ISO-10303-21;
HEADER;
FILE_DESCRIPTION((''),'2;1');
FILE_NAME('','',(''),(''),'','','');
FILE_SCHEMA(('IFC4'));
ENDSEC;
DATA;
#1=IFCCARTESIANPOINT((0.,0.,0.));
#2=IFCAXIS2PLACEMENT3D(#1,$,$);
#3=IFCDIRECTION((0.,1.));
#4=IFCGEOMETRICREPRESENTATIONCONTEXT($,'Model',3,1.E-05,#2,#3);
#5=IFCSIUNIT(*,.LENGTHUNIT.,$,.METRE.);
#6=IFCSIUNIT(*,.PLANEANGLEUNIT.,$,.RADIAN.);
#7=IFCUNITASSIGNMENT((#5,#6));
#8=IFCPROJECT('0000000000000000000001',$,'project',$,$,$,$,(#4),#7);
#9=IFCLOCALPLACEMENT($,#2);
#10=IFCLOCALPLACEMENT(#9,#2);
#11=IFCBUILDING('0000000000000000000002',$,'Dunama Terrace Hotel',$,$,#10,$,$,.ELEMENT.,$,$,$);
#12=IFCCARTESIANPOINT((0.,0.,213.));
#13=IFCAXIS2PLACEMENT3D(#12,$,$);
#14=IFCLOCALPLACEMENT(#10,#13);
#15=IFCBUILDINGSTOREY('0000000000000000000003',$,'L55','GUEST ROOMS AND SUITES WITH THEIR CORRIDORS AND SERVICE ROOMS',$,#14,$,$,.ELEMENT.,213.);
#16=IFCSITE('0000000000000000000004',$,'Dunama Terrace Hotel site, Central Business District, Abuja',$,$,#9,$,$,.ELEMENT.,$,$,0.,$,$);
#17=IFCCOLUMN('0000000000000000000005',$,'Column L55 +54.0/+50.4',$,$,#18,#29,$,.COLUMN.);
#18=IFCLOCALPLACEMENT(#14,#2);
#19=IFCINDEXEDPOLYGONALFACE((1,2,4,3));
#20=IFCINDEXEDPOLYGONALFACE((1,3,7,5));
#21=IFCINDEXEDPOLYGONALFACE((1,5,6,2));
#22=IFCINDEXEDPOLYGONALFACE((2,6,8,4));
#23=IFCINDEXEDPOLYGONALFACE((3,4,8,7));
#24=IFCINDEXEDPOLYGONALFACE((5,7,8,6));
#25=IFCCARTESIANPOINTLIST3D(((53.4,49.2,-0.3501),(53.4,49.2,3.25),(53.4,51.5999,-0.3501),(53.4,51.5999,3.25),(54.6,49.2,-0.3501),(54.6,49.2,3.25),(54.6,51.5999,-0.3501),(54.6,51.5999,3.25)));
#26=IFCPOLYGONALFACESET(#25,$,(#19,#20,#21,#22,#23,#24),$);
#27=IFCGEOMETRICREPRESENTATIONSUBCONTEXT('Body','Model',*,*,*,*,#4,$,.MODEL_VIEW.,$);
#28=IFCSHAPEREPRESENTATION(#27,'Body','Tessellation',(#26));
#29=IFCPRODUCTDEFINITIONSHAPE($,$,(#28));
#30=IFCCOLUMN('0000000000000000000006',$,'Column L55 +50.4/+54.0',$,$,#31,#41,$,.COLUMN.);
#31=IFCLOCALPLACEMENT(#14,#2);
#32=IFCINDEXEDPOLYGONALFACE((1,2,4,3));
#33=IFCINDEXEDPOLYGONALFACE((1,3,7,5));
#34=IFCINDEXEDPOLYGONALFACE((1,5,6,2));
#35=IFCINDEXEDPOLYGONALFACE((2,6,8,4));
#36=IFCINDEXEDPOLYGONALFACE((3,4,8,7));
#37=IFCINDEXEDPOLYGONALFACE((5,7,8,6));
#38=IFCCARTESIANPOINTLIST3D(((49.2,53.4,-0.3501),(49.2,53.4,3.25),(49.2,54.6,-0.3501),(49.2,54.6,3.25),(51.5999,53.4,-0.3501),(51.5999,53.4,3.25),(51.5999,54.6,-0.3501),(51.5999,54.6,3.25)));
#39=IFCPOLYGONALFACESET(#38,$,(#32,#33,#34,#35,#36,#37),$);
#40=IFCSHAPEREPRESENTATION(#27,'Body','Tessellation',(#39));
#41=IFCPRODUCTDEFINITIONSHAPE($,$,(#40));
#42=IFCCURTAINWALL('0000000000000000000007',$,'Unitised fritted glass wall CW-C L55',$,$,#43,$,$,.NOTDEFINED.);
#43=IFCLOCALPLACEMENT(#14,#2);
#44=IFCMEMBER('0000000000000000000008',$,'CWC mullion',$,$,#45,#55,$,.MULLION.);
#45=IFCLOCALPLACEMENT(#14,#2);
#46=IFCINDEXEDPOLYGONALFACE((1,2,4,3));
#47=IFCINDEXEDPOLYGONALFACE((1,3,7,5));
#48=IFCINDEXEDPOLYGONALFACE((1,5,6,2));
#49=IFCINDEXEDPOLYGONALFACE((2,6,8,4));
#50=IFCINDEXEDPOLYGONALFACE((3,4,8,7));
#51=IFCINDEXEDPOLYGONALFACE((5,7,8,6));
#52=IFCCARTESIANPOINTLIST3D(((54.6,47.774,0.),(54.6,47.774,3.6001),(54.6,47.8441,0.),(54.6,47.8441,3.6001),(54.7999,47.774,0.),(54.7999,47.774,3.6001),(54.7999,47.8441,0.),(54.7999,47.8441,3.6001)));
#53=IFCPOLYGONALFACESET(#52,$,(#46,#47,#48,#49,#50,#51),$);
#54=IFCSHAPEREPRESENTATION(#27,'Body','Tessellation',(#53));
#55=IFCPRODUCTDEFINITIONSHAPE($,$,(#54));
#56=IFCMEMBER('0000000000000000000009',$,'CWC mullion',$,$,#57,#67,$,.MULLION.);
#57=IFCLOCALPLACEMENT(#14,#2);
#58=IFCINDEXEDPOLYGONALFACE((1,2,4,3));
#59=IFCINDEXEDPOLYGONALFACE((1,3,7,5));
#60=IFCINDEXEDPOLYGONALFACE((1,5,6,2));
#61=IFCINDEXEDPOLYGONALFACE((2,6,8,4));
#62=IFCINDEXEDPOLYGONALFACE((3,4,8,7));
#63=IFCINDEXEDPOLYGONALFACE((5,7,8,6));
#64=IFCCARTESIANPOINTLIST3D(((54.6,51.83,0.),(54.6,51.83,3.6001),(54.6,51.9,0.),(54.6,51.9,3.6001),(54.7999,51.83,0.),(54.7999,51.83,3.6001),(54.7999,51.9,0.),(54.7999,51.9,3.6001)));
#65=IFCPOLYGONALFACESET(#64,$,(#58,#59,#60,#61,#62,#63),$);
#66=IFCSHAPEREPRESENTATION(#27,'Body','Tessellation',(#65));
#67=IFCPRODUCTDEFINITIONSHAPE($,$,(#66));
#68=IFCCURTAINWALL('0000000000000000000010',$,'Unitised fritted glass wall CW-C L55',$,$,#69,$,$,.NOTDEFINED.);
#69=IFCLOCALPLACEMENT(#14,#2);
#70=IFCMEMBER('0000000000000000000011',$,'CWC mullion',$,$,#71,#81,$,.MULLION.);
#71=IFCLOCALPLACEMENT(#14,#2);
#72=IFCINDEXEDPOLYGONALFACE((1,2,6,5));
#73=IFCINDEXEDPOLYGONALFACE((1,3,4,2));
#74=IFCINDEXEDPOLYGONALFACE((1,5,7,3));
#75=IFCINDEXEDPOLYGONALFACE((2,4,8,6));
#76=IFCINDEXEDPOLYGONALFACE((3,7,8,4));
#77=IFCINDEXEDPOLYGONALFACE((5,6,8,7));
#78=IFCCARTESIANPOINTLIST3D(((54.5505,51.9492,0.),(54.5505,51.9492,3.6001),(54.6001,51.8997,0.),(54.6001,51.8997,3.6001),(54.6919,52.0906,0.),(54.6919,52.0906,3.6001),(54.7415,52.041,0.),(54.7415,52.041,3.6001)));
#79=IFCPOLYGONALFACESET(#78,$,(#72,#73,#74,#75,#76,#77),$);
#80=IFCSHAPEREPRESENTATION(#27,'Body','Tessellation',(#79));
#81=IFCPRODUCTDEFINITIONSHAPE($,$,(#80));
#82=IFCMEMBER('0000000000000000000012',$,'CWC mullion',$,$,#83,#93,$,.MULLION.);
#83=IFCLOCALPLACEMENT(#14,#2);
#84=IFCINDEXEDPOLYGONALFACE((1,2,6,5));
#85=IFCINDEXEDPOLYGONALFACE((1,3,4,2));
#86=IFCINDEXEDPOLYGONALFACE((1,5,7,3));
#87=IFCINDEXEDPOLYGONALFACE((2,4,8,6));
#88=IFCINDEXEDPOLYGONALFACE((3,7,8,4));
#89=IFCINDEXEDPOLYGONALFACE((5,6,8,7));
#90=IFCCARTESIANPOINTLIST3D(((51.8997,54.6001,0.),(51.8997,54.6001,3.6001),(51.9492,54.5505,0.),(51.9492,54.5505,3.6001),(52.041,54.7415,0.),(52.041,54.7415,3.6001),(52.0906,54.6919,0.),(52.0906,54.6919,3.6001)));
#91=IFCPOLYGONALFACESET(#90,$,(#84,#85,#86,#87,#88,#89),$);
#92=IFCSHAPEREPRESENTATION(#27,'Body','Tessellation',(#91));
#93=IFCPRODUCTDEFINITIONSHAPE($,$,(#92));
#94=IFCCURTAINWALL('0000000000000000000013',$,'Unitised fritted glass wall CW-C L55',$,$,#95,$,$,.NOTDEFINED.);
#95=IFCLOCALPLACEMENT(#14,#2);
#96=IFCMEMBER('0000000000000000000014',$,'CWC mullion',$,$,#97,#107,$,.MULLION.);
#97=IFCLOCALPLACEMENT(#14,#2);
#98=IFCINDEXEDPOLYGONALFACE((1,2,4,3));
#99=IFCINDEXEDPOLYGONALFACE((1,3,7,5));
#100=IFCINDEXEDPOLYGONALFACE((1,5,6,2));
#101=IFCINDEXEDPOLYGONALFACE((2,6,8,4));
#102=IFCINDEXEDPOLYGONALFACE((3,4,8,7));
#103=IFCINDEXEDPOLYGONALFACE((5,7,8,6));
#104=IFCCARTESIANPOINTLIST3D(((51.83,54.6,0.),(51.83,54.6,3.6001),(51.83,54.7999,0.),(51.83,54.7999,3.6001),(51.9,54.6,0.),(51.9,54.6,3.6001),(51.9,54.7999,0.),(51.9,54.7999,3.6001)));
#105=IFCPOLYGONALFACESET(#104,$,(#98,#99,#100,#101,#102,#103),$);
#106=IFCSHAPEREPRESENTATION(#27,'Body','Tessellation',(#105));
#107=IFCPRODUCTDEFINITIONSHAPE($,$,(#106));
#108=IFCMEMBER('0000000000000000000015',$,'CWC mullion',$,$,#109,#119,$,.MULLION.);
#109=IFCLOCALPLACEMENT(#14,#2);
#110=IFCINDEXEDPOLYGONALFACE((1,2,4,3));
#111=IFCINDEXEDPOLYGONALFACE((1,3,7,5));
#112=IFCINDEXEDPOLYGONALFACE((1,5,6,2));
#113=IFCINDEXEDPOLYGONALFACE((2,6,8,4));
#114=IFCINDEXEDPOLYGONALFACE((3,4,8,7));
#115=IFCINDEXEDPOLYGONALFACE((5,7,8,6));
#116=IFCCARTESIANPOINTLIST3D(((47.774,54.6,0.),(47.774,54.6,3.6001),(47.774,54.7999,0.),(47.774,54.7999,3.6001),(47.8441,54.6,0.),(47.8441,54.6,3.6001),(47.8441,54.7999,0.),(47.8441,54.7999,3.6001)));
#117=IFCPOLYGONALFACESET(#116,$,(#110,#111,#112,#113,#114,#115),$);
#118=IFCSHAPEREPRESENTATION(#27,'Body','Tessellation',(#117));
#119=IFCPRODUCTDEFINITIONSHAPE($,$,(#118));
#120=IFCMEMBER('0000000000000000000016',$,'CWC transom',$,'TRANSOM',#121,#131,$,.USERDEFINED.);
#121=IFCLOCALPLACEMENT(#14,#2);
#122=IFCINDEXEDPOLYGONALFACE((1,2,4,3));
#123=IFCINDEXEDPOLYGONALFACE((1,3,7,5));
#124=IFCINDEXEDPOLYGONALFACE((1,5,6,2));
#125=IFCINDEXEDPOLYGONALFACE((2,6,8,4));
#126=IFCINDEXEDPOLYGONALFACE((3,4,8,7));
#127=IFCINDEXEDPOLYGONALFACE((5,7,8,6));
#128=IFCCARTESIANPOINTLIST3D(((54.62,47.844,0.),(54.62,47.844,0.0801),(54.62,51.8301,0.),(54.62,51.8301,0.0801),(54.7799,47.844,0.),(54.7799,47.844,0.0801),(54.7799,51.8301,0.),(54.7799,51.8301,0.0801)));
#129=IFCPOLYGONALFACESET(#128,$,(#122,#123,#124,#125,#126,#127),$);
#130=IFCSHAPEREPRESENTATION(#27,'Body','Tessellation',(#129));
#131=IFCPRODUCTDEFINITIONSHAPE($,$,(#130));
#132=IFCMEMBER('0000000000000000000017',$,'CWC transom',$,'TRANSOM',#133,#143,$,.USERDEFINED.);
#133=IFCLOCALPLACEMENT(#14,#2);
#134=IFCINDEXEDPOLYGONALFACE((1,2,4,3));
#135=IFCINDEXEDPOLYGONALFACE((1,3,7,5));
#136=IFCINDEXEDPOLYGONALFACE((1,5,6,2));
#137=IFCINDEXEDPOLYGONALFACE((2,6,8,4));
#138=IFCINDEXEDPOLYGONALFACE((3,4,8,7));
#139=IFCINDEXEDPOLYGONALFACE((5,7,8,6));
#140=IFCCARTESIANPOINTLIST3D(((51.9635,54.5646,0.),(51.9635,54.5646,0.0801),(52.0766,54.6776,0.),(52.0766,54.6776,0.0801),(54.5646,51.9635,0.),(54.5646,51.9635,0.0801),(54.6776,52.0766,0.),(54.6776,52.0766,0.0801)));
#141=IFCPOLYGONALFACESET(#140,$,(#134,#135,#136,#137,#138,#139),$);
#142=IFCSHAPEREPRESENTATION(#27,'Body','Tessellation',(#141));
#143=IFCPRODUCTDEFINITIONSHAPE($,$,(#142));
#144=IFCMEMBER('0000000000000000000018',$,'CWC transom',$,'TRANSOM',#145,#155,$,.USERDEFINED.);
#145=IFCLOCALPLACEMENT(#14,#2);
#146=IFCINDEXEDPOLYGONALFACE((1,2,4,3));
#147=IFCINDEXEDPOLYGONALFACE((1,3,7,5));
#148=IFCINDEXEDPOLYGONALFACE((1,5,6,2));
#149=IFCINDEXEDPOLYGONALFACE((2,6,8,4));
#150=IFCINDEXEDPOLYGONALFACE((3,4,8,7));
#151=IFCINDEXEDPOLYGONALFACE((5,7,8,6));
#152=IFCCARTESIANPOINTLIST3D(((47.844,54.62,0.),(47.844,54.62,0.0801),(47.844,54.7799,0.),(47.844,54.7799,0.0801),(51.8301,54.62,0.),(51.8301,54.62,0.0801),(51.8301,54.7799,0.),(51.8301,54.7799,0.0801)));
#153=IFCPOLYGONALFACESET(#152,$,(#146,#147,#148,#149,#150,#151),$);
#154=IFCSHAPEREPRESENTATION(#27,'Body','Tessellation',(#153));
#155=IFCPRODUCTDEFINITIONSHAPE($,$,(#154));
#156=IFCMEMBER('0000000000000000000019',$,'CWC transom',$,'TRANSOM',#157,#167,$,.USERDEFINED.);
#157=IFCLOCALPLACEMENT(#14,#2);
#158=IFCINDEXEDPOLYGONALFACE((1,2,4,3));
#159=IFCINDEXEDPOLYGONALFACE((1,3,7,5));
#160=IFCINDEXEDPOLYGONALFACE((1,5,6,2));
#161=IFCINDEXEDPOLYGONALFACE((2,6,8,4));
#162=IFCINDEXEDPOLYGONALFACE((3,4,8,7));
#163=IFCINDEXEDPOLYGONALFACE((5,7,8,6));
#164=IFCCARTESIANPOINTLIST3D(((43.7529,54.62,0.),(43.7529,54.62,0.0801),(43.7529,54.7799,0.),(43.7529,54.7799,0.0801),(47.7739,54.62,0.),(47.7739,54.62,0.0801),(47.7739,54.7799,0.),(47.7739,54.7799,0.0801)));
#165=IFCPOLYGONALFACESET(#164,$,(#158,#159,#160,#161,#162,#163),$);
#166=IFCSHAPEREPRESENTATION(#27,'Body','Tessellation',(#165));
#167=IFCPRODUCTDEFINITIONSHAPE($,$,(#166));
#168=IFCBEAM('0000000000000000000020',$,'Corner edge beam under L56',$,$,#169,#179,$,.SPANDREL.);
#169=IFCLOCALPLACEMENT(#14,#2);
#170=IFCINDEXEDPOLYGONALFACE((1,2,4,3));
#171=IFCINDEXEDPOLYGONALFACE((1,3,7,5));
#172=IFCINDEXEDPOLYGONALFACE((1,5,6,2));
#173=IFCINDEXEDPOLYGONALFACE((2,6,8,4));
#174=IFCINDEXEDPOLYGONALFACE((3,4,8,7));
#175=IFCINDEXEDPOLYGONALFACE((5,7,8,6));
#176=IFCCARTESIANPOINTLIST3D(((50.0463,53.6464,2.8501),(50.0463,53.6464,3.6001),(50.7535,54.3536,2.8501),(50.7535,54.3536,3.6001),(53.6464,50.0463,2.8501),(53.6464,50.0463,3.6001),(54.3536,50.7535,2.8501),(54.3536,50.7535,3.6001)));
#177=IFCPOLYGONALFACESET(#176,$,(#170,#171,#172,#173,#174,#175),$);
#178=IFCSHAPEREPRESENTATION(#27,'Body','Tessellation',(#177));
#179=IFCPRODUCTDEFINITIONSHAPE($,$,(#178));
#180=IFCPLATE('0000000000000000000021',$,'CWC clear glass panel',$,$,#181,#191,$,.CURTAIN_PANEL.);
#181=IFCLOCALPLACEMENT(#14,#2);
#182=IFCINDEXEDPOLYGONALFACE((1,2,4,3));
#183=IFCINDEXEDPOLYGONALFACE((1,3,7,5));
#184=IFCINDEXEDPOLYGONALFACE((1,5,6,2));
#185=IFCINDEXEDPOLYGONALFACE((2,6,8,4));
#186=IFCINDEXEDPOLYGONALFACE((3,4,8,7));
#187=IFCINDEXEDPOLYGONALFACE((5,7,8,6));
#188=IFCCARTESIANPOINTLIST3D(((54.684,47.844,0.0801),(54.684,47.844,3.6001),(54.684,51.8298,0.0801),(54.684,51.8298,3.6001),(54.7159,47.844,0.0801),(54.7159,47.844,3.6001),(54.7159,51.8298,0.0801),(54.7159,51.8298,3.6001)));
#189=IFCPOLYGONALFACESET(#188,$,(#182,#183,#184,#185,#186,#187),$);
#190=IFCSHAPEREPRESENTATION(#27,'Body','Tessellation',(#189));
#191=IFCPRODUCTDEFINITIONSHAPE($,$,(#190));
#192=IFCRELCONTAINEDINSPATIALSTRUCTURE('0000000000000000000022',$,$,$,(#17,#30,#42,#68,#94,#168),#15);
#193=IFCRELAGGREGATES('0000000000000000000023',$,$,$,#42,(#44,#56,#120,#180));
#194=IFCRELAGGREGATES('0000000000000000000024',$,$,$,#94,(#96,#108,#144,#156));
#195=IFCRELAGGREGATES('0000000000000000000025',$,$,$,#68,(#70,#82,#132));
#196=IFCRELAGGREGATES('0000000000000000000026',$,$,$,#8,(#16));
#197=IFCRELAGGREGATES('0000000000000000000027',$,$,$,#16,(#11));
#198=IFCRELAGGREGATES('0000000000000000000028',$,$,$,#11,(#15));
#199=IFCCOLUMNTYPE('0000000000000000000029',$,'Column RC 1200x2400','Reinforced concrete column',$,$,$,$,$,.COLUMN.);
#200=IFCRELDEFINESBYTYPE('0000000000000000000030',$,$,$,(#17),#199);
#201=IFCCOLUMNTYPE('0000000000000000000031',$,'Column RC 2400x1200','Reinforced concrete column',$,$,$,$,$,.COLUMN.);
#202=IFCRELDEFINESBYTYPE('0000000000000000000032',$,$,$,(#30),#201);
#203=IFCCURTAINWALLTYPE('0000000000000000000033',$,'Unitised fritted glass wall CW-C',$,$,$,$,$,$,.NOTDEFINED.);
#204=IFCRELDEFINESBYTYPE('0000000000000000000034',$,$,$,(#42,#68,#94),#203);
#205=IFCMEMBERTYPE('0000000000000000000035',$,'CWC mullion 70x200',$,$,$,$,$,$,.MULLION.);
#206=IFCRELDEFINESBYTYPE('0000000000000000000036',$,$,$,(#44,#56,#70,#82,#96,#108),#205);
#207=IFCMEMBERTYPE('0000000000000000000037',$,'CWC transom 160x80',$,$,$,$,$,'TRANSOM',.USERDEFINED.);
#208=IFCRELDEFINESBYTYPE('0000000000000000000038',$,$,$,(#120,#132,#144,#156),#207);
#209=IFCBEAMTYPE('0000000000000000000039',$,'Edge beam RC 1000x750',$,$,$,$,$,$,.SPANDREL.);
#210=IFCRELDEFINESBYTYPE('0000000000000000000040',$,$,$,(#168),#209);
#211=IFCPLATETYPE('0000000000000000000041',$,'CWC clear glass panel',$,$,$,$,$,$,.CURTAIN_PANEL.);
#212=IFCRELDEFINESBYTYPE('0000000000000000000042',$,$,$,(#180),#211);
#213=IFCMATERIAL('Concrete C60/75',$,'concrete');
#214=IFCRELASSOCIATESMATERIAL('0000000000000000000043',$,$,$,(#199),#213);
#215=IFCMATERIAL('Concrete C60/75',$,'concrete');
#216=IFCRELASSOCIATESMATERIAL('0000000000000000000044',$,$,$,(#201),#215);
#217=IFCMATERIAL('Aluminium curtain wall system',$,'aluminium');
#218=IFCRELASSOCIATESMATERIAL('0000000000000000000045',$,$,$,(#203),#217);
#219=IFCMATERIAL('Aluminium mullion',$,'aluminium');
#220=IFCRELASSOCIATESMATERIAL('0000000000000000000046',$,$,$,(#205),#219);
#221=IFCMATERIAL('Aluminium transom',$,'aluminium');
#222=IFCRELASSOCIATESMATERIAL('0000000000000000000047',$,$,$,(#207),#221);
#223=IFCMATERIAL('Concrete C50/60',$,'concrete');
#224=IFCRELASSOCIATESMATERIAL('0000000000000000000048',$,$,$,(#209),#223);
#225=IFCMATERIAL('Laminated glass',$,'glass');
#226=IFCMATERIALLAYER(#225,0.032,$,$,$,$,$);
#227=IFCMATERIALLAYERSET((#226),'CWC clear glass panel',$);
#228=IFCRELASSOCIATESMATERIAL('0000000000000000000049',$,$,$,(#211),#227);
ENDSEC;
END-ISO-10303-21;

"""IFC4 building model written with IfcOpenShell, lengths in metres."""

from ifc_helpers import new_model, si_unit, direction, frame, origin, origin_2d, place, context, subcontext, project, spatial, rectangle, extrude, material, layer, layer_set, material_profile, profile_set, type_object, element, aggregate, save


model = new_model("IFC4")

# Units and contexts
model_context = context("Model", 3, precision=1e-05, world=origin(), true_north=direction((0.0, 1.0)))
body_context = subcontext(model_context, "Body", "Model", "MODEL_VIEW")
ifc_project = project(units=[si_unit("LENGTHUNIT", "METRE"), si_unit("PLANEANGLEUNIT", "RADIAN")], contexts=[model_context])

# Site, building, storey
site_placement = place(None, origin())
site = spatial("IfcSite", under=ifc_project, at=site_placement, Name="Dunama Terrace Hotel site, Central Business District, Abuja", CompositionType="ELEMENT", RefElevation=0.0)
building_placement = place(site_placement, origin())
building = spatial("IfcBuilding", under=site, at=building_placement, Name="Dunama Terrace Hotel", CompositionType="ELEMENT")
storey_placement = place(building_placement, frame((0.0, 0.0, 213.0)))
storey = spatial("IfcBuildingStorey", under=building, at=storey_placement, Name="L55", Description="GUEST ROOMS AND SUITES WITH THEIR CORRIDORS AND SERVICE ROOMS", CompositionType="ELEMENT", Elevation=213.0)

# Columns
ifc_material_1 = material(Name="Concrete C60/75", Category="concrete")
ifc_material_profile_1 = material_profile(ifc_material_1, rectangle(XDim=1.2, YDim=2.3999, at=origin_2d()), Name="RC 1200x2400")
ifc_profile_set_1 = profile_set([ifc_material_profile_1], Name="Concrete C60/75")
column_type_1 = type_object("IfcColumnType", Name="Column RC 1200x2400", Description="Reinforced concrete column", PredefinedType="COLUMN", material=ifc_profile_set_1)
column_1_placement = place(storey_placement, frame((54.0, 50.3999, -0.3501), z_axis=(0.0, 0.0, 1.0), x_axis=(1.0, 0.0, 0.0)))
element("IfcColumn", 1, at=column_1_placement, inside=storey, type_object=column_type_1, Name="Column L55 +54.0/+50.4", PredefinedType="COLUMN", context=body_context, shape_type="SweptSolid", body=[
    extrude(rectangle(XDim=1.2, YDim=2.3999, at=origin_2d()), origin(), (0.0, 0.0, 1.0), 3.6001),
])
ifc_material_2 = material(Name="Concrete C60/75", Category="concrete")
ifc_material_profile_2 = material_profile(ifc_material_2, rectangle(XDim=2.3999, YDim=1.2, at=origin_2d()), Name="RC 2400x1200")
ifc_profile_set_2 = profile_set([ifc_material_profile_2], Name="Concrete C60/75")
column_type_2 = type_object("IfcColumnType", Name="Column RC 2400x1200", Description="Reinforced concrete column", PredefinedType="COLUMN", material=ifc_profile_set_2)
column_2_placement = place(storey_placement, frame((50.3999, 54.0, -0.3501), z_axis=(0.0, 0.0, 1.0), x_axis=(1.0, 0.0, 0.0)))
element("IfcColumn", 2, at=column_2_placement, inside=storey, type_object=column_type_2, Name="Column L55 +50.4/+54.0", PredefinedType="COLUMN", context=body_context, shape_type="SweptSolid", body=[
    extrude(rectangle(XDim=2.3999, YDim=1.2, at=origin_2d()), origin(), (0.0, 0.0, 1.0), 3.6001),
])

# Curtain walls, members
ifc_material_3 = material(Name="Aluminium curtain wall system", Category="aluminium")
curtain_wall_type = type_object("IfcCurtainWallType", Name="Unitised fritted glass wall CW-C", PredefinedType="NOTDEFINED", material=ifc_material_3)
curtain_wall_1_placement = place(storey_placement, origin())
curtain_wall_1 = element("IfcCurtainWall", 3, at=curtain_wall_1_placement, inside=storey, type_object=curtain_wall_type, Name="Unitised fritted glass wall CW-C L55", PredefinedType="NOTDEFINED")
ifc_material_4 = material(Name="Aluminium mullion", Category="aluminium")
ifc_material_profile_3 = material_profile(ifc_material_4, rectangle(XDim=0.0701, YDim=0.2, at=origin_2d()), Name="CWC MULLION 70X200")
ifc_profile_set_3 = profile_set([ifc_material_profile_3], Name="Aluminium mullion")
member_type_1 = type_object("IfcMemberType", Name="CWC mullion 70x200", PredefinedType="MULLION", material=ifc_profile_set_3)
member_1_placement = place(storey_placement, frame((54.7, 47.8091, 0.0), z_axis=(0.0, 0.0, 1.0), x_axis=(0.0, 1.0, 0.0)))
member_1 = element("IfcMember", 4, at=member_1_placement, type_object=member_type_1, Name="CWC mullion", PredefinedType="MULLION", context=body_context, shape_type="SweptSolid", body=[
    extrude(rectangle(XDim=0.0701, YDim=0.2, at=origin_2d()), origin(), (0.0, 0.0, 1.0), 3.6001),
])
member_2_placement = place(storey_placement, frame((54.7, 51.865, 0.0), z_axis=(0.0, 0.0, 1.0), x_axis=(0.0, 1.0, 0.0)))
member_2 = element("IfcMember", 5, at=member_2_placement, type_object=member_type_1, Name="CWC mullion", PredefinedType="MULLION", context=body_context, shape_type="SweptSolid", body=[
    extrude(rectangle(XDim=0.0701, YDim=0.2, at=origin_2d()), origin(), (0.0, 0.0, 1.0), 3.6001),
])
curtain_wall_2_placement = place(storey_placement, origin())
curtain_wall_2 = element("IfcCurtainWall", 6, at=curtain_wall_2_placement, inside=storey, type_object=curtain_wall_type, Name="Unitised fritted glass wall CW-C L55", PredefinedType="NOTDEFINED")
member_3_placement = place(storey_placement, frame((54.646, 51.9951, 0.0), z_axis=(0.0, 0.0, 1.0), x_axis=(-0.707107, 0.707107, 0.0)))
member_3 = element("IfcMember", 7, at=member_3_placement, type_object=member_type_1, Name="CWC mullion", PredefinedType="MULLION", context=body_context, shape_type="SweptSolid", body=[
    extrude(rectangle(XDim=0.0701, YDim=0.2, at=origin_2d()), origin(), (0.0, 0.0, 1.0), 3.6001),
])
member_4_placement = place(storey_placement, frame((51.9951, 54.646, 0.0), z_axis=(0.0, 0.0, 1.0), x_axis=(-0.707107, 0.707107, 0.0)))
member_4 = element("IfcMember", 8, at=member_4_placement, type_object=member_type_1, Name="CWC mullion", PredefinedType="MULLION", context=body_context, shape_type="SweptSolid", body=[
    extrude(rectangle(XDim=0.0701, YDim=0.2, at=origin_2d()), origin(), (0.0, 0.0, 1.0), 3.6001),
])
curtain_wall_3_placement = place(storey_placement, origin())
curtain_wall_3 = element("IfcCurtainWall", 9, at=curtain_wall_3_placement, inside=storey, type_object=curtain_wall_type, Name="Unitised fritted glass wall CW-C L55", PredefinedType="NOTDEFINED")
member_5_placement = place(storey_placement, frame((51.865, 54.7, 0.0), z_axis=(0.0, 0.0, 1.0), x_axis=(-1.0, 0.0, 0.0)))
member_5 = element("IfcMember", 10, at=member_5_placement, type_object=member_type_1, Name="CWC mullion", PredefinedType="MULLION", context=body_context, shape_type="SweptSolid", body=[
    extrude(rectangle(XDim=0.0701, YDim=0.2, at=origin_2d()), origin(), (0.0, 0.0, 1.0), 3.6001),
])
member_6_placement = place(storey_placement, frame((47.8091, 54.7, 0.0), z_axis=(0.0, 0.0, 1.0), x_axis=(-1.0, 0.0, 0.0)))
member_6 = element("IfcMember", 11, at=member_6_placement, type_object=member_type_1, Name="CWC mullion", PredefinedType="MULLION", context=body_context, shape_type="SweptSolid", body=[
    extrude(rectangle(XDim=0.0701, YDim=0.2, at=origin_2d()), origin(), (0.0, 0.0, 1.0), 3.6001),
])

# Members
ifc_material_5 = material(Name="Aluminium transom", Category="aluminium")
ifc_material_profile_4 = material_profile(ifc_material_5, rectangle(XDim=0.1599, YDim=0.0801, at=origin_2d()), Name="CWC TRANSOM 160X80")
ifc_profile_set_4 = profile_set([ifc_material_profile_4], Name="Aluminium transom")
member_type_2 = type_object("IfcMemberType", Name="CWC transom 160x80", ElementType="TRANSOM", PredefinedType="USERDEFINED", material=ifc_profile_set_4)
member_7_placement = place(storey_placement, frame((54.7, 47.844, 0.04), z_axis=(0.0, 1.0, 0.0), x_axis=(-1.0, 0.0, 0.0)))
member_7 = element("IfcMember", 12, at=member_7_placement, type_object=member_type_2, Name="CWC transom", ObjectType="TRANSOM", PredefinedType="USERDEFINED", context=body_context, shape_type="SweptSolid", body=[
    extrude(rectangle(XDim=0.1599, YDim=0.0801, at=origin_2d()), origin(), (0.0, 0.0, 1.0), 3.9861),
])
member_8_placement = place(storey_placement, frame((54.6211, 52.02, 0.04), z_axis=(-0.707107, 0.707107, 0.0), x_axis=(-0.707107, -0.707107, 0.0)))
member_8 = element("IfcMember", 13, at=member_8_placement, type_object=member_type_2, Name="CWC transom", ObjectType="TRANSOM", PredefinedType="USERDEFINED", context=body_context, shape_type="SweptSolid", body=[
    extrude(rectangle(XDim=0.1599, YDim=0.0801, at=origin_2d()), origin(), (0.0, 0.0, 1.0), 3.6785),
])
member_9_placement = place(storey_placement, frame((51.8301, 54.7, 0.04), z_axis=(-1.0, 0.0, 0.0), x_axis=(0.0, -1.0, 0.0)))
member_9 = element("IfcMember", 14, at=member_9_placement, type_object=member_type_2, Name="CWC transom", ObjectType="TRANSOM", PredefinedType="USERDEFINED", context=body_context, shape_type="SweptSolid", body=[
    extrude(rectangle(XDim=0.1599, YDim=0.0801, at=origin_2d()), origin(), (0.0, 0.0, 1.0), 3.9861),
])
member_10_placement = place(storey_placement, frame((47.7739, 54.7, 0.04), z_axis=(-1.0, 0.0, 0.0), x_axis=(0.0, -1.0, 0.0)))
member_10 = element("IfcMember", 15, at=member_10_placement, type_object=member_type_2, Name="CWC transom", ObjectType="TRANSOM", PredefinedType="USERDEFINED", context=body_context, shape_type="SweptSolid", body=[
    extrude(rectangle(XDim=0.1599, YDim=0.0801, at=origin_2d()), origin(), (0.0, 0.0, 1.0), 4.021),
])

# Beam
ifc_material_6 = material(Name="Concrete C50/60", Category="concrete")
ifc_material_profile_5 = material_profile(ifc_material_6, rectangle(XDim=1.0, YDim=0.75, at=origin_2d()), Name="RC 1000x750")
ifc_profile_set_5 = profile_set([ifc_material_profile_5], Name="Concrete C50/60")
beam_type = type_object("IfcBeamType", Name="Edge beam RC 1000x750", PredefinedType="SPANDREL", material=ifc_profile_set_5)
beam_placement = place(storey_placement, frame((50.3999, 54.0, 3.2251), z_axis=(0.707107, -0.707107, 0.0), x_axis=(0.707107, 0.707107, 0.0)))
element("IfcBeam", 16, at=beam_placement, inside=storey, type_object=beam_type, Name="Corner edge beam under L56", PredefinedType="SPANDREL", context=body_context, shape_type="SweptSolid", body=[
    extrude(rectangle(XDim=1.0, YDim=0.75, at=origin_2d()), origin(), (0.0, 0.0, 1.0), 5.0913),
])

# Plate
ifc_material_7 = material(Name="Laminated glass", Category="glass")
ifc_layer_1 = layer(ifc_material_7, 0.032)
ifc_layer_set_1 = layer_set([ifc_layer_1], Name="CWC clear glass panel")
plate_type_1 = type_object("IfcPlateType", Name="CWC clear glass panel", PredefinedType="CURTAIN_PANEL", material=ifc_layer_set_1)
plate_1_placement = place(storey_placement, frame((54.7, 49.8369, 0.0801), z_axis=(0.0, 0.0, 1.0), x_axis=(0.0, 1.0, 0.0)))
plate_1 = element("IfcPlate", 17, at=plate_1_placement, type_object=plate_type_1, Name="CWC clear glass panel", PredefinedType="CURTAIN_PANEL", context=body_context, shape_type="SweptSolid", body=[
    extrude(rectangle(XDim=3.9858, YDim=0.032, at=origin_2d()), origin(), (0.0, 0.0, 1.0), 3.52),
])
aggregate(curtain_wall_1, [member_1, member_2, member_7, plate_1])
aggregate(curtain_wall_3, [member_5, member_6, member_9, member_10])
aggregate(curtain_wall_2, [member_3, member_4, member_8])

save(model, "model.ifc")
